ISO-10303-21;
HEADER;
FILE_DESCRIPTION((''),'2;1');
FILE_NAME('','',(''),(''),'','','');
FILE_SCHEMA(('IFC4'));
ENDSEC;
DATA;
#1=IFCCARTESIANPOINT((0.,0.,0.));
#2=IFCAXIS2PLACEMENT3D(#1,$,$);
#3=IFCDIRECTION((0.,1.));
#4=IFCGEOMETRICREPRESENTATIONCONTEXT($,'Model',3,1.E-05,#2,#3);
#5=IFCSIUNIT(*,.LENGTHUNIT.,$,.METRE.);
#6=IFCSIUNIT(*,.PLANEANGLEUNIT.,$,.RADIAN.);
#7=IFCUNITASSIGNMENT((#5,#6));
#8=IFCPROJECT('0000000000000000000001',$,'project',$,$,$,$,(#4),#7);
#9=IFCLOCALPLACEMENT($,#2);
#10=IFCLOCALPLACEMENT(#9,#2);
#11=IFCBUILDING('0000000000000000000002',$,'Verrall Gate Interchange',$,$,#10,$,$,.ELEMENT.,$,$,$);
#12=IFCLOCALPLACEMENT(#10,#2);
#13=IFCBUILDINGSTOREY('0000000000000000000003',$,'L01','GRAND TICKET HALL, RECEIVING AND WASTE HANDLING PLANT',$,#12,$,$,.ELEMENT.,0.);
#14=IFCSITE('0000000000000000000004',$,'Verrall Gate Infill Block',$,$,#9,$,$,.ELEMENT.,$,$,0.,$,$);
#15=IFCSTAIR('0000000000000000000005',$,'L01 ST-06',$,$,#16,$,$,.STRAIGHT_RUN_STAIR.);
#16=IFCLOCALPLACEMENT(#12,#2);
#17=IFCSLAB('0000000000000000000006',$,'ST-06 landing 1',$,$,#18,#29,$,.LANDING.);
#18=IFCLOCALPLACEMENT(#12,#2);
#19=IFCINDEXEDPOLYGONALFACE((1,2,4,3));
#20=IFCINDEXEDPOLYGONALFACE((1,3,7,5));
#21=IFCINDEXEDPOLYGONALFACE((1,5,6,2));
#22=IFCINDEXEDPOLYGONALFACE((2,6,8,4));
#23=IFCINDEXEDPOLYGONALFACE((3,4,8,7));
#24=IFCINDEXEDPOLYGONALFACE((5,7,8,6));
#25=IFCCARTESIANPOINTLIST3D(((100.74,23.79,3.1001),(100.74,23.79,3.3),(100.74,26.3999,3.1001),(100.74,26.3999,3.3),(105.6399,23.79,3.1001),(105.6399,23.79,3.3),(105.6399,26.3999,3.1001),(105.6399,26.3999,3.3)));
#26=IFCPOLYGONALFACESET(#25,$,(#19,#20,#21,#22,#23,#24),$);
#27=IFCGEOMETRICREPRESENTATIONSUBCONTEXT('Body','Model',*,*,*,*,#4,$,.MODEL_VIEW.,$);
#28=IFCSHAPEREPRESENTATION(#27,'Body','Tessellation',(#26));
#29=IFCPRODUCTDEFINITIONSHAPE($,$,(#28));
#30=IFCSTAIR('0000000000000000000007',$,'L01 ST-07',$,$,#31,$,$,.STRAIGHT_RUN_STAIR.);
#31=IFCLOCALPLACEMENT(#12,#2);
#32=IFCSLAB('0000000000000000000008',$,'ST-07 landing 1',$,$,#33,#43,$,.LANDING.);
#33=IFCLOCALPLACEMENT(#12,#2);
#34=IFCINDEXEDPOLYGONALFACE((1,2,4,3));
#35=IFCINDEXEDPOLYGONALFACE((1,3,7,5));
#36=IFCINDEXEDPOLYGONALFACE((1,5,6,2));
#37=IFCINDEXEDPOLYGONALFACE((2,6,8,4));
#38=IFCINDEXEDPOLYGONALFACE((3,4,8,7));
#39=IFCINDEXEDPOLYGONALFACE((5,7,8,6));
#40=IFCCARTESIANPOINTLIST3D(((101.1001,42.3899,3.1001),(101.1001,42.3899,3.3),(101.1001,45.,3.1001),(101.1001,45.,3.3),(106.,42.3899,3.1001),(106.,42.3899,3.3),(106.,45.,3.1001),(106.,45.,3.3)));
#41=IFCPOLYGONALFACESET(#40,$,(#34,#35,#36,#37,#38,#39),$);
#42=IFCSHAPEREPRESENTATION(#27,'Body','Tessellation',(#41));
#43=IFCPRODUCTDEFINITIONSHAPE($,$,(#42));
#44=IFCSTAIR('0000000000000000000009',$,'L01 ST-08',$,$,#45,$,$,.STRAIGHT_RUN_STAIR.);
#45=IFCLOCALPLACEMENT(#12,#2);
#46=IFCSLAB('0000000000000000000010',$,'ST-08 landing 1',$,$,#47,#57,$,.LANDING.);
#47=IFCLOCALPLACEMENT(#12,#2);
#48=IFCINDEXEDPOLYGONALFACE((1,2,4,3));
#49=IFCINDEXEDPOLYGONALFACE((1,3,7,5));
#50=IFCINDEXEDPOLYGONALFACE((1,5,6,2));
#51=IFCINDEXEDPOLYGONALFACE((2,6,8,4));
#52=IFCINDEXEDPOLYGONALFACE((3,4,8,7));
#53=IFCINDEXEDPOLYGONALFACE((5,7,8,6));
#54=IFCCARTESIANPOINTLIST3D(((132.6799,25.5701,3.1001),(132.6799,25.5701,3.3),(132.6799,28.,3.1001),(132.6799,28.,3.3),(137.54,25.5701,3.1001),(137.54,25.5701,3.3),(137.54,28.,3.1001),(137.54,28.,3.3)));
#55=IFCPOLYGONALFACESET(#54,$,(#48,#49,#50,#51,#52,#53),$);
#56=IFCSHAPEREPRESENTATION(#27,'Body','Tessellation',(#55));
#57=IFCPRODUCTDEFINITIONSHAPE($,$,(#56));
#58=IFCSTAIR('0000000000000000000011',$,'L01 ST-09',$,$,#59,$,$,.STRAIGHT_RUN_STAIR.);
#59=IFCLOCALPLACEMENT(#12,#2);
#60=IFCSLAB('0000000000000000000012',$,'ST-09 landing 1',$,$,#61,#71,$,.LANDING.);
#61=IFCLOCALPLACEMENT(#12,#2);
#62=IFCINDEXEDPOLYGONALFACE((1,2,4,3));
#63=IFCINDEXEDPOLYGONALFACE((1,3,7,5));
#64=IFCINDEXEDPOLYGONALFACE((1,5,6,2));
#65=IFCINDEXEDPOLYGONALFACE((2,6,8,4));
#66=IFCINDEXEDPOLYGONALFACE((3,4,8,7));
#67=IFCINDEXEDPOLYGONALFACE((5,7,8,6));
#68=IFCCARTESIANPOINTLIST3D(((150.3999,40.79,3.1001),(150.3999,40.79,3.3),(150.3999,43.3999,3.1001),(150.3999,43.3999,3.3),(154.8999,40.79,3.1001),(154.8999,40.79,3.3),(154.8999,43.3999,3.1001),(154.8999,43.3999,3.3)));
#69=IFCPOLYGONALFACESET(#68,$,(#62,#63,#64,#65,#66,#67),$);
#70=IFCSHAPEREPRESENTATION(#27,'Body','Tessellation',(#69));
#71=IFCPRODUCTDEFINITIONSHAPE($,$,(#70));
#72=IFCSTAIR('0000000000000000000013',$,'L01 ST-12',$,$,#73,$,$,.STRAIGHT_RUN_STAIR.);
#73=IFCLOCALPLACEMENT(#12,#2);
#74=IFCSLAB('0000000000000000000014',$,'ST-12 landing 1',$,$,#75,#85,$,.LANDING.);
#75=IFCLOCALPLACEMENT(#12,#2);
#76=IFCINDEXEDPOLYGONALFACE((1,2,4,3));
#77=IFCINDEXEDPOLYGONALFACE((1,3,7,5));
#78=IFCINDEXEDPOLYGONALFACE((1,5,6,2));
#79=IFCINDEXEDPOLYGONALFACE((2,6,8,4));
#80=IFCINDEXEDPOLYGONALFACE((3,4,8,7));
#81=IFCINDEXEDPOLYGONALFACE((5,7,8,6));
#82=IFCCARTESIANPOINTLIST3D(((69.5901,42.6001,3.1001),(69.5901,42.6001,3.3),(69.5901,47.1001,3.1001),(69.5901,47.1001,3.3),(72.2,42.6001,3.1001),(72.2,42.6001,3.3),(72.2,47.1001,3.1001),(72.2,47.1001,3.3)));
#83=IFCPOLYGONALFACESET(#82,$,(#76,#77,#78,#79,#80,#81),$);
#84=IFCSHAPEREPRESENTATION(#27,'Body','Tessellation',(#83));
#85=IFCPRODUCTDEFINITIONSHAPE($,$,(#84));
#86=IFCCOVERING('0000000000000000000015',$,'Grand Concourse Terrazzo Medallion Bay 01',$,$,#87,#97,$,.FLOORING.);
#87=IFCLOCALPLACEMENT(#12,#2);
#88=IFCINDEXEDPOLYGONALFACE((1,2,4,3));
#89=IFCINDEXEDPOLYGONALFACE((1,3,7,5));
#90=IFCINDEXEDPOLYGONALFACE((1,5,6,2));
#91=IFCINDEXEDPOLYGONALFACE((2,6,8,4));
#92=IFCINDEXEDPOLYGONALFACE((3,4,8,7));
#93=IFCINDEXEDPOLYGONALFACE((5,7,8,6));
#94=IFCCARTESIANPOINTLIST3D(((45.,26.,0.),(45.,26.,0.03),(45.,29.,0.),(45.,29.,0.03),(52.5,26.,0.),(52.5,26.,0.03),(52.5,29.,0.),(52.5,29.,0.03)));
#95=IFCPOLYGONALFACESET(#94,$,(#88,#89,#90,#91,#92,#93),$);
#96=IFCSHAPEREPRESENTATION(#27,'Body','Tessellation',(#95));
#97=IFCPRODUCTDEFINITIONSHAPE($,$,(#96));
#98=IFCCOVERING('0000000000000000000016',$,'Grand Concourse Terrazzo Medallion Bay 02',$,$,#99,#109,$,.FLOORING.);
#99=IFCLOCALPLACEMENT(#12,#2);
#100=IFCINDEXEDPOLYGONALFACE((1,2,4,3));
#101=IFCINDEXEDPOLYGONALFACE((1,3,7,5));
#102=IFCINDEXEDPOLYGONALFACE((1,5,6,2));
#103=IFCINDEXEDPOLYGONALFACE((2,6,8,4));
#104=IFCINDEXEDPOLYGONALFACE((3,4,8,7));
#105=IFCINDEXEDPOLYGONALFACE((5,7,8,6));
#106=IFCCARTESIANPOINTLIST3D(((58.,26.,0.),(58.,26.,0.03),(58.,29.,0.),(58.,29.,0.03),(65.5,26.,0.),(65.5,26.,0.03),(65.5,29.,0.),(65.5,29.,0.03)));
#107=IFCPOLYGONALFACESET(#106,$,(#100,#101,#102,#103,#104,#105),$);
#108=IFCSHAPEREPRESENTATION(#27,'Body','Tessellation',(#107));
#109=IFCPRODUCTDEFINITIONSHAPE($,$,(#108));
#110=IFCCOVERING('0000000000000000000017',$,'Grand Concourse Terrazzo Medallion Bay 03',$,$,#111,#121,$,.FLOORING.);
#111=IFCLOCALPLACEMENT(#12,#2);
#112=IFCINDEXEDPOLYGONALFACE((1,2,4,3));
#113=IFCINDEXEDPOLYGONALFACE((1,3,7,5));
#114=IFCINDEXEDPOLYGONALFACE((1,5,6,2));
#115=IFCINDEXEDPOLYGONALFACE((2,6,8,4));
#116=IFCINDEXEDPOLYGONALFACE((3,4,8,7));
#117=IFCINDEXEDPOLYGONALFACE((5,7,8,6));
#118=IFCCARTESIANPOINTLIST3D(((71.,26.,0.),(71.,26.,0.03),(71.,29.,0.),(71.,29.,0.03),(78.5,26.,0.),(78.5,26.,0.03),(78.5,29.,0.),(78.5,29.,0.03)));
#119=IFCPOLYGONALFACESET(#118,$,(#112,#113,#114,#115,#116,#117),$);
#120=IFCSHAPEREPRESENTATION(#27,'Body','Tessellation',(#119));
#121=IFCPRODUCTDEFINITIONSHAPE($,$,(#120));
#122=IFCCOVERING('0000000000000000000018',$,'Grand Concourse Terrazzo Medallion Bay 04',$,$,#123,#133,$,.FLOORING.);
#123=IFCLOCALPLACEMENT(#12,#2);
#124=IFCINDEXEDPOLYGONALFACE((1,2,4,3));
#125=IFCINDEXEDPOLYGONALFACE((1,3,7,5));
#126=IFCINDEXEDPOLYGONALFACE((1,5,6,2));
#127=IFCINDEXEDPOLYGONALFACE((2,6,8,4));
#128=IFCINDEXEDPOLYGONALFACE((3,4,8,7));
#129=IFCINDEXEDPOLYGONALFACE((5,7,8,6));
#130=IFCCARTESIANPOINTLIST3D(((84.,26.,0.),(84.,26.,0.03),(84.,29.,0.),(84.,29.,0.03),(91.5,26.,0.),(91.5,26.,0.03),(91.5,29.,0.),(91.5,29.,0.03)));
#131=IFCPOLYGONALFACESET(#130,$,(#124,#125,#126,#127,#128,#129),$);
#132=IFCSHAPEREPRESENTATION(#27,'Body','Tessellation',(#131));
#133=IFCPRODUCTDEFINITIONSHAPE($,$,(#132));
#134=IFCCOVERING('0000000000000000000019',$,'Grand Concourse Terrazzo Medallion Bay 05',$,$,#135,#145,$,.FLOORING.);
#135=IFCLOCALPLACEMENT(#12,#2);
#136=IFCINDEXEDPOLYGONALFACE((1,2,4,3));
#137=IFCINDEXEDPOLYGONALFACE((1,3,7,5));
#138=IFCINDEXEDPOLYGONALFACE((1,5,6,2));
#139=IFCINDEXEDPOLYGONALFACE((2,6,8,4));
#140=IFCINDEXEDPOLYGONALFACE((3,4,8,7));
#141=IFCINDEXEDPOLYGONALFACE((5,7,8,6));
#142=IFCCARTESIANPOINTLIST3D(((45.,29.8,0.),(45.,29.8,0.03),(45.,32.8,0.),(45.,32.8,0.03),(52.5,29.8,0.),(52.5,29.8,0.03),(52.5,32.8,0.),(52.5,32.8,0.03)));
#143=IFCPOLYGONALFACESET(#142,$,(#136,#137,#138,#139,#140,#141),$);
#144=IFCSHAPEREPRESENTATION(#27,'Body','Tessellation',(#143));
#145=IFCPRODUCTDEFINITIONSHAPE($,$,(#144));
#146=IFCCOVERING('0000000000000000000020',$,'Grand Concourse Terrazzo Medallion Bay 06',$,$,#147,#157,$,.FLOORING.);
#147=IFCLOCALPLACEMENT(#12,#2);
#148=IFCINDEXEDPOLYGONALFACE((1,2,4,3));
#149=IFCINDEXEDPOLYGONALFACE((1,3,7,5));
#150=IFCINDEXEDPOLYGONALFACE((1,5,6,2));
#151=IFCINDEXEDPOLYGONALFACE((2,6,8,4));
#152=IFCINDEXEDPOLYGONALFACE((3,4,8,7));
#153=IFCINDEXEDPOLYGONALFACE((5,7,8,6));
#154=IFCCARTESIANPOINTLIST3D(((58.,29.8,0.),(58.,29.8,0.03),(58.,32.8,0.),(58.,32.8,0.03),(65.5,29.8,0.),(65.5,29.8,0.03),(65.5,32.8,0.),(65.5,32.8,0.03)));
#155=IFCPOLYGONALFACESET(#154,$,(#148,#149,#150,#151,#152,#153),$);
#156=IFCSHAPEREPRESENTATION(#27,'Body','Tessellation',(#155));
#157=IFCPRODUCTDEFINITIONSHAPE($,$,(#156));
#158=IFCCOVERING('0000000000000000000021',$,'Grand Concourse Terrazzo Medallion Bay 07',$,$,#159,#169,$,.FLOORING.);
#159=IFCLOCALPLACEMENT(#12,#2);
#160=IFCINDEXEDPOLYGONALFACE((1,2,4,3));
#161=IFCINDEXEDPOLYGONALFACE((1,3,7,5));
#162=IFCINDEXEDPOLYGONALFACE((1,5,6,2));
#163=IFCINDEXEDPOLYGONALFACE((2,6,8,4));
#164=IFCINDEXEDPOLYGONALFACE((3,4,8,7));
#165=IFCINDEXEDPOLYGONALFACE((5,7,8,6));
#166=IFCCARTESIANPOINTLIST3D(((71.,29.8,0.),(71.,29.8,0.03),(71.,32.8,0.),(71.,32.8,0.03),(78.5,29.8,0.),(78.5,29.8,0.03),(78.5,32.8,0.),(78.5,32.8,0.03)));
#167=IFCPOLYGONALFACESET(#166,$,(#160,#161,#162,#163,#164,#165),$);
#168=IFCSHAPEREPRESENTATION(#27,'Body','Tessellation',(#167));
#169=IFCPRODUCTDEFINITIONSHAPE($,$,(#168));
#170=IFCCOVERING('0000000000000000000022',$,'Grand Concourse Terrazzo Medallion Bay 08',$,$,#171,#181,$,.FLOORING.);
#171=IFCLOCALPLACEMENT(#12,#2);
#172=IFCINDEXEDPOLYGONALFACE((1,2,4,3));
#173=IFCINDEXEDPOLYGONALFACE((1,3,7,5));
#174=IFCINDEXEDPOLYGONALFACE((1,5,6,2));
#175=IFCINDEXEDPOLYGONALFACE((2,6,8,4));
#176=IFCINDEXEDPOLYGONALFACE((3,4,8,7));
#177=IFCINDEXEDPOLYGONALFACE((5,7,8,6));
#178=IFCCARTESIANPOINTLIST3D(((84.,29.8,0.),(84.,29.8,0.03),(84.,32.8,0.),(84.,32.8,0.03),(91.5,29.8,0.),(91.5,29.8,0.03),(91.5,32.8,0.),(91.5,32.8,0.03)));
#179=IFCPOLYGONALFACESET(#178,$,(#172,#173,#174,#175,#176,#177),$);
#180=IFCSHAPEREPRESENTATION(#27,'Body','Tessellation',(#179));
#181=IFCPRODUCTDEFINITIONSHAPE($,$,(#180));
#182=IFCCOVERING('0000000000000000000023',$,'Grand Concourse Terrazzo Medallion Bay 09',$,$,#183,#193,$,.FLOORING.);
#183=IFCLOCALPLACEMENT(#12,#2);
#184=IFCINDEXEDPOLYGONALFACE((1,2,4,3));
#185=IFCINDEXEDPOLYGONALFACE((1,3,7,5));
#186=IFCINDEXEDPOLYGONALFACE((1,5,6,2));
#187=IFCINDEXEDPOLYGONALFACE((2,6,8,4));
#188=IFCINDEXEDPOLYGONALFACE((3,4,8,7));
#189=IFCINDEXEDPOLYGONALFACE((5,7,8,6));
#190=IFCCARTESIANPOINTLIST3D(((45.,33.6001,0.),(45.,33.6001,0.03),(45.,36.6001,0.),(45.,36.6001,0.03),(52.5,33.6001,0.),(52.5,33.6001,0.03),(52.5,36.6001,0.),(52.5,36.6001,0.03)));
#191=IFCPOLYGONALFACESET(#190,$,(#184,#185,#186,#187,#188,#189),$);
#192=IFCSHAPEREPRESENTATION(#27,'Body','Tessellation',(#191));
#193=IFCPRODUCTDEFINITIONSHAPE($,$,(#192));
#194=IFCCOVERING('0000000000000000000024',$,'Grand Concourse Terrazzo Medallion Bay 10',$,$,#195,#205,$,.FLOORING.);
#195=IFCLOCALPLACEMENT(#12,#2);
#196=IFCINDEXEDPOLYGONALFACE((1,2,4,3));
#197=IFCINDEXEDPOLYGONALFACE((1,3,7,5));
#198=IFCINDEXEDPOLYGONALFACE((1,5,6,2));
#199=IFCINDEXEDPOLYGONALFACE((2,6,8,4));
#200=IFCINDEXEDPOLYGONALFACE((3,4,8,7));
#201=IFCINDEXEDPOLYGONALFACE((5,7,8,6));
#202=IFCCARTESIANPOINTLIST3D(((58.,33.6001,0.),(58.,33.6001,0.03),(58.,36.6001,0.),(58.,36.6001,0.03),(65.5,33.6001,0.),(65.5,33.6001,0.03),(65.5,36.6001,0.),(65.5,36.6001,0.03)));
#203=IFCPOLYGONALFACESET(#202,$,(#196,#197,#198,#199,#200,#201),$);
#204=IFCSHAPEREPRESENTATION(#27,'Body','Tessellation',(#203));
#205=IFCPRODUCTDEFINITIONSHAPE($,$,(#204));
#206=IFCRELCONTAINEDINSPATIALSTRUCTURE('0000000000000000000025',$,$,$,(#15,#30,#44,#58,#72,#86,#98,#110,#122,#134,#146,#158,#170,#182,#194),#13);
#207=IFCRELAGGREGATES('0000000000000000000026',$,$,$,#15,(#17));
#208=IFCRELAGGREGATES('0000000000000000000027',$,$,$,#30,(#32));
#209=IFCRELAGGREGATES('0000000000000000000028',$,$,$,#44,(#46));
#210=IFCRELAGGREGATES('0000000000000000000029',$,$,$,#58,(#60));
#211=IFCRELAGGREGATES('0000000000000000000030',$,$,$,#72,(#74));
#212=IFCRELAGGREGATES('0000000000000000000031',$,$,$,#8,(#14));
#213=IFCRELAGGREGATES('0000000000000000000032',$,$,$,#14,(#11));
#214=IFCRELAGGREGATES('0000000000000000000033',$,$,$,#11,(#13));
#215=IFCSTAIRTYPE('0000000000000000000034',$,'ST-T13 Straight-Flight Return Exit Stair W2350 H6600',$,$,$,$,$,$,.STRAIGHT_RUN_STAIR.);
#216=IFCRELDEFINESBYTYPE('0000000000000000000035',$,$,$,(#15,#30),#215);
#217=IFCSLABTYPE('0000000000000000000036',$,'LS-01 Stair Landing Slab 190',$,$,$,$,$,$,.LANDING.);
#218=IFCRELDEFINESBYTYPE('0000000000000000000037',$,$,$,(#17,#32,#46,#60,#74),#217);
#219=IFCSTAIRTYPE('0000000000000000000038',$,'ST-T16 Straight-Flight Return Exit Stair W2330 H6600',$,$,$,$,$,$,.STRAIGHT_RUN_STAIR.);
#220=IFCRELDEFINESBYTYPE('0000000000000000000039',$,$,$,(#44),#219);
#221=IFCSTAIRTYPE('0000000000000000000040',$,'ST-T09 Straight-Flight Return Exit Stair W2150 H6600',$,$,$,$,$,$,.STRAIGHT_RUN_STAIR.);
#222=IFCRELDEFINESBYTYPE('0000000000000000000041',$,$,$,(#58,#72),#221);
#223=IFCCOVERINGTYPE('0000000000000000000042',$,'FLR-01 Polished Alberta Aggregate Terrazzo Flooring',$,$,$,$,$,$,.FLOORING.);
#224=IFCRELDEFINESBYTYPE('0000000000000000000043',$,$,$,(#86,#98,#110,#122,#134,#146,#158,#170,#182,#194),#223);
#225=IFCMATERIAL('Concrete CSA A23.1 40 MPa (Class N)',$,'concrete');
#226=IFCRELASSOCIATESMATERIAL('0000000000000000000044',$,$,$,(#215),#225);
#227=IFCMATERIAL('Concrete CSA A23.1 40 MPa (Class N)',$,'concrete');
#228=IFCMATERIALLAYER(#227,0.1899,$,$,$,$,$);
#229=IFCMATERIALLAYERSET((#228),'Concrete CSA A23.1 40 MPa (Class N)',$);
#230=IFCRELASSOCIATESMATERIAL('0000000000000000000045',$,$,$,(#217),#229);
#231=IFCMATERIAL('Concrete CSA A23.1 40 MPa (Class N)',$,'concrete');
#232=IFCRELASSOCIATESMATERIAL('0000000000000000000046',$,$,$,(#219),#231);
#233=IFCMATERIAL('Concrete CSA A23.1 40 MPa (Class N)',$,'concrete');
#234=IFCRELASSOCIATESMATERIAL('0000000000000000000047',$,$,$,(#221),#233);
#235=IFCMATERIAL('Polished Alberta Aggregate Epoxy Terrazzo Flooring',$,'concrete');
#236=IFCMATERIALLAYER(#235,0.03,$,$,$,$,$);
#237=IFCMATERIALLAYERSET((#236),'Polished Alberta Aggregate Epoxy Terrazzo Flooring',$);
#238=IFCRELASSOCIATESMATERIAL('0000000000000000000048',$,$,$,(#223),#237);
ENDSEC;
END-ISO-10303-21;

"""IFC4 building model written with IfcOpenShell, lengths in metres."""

from ifc_helpers import new_model, si_unit, direction, frame, origin, place, context, subcontext, project, spatial, polyline, outline, extrude, material, layer, layer_set, type_object, element, aggregate, save


model = new_model("IFC4")

# Units and contexts
model_context = context("Model", 3, precision=1e-05, world=origin(), true_north=direction((0.0, 1.0)))
body_context = subcontext(model_context, "Body", "Model", "MODEL_VIEW")
ifc_project = project(units=[si_unit("LENGTHUNIT", "METRE"), si_unit("PLANEANGLEUNIT", "RADIAN")], contexts=[model_context])

# Site, building, storey
site_placement = place(None, origin())
site = spatial("IfcSite", under=ifc_project, at=site_placement, Name="Verrall Gate Infill Block", CompositionType="ELEMENT", RefElevation=0.0)
building_placement = place(site_placement, origin())
building = spatial("IfcBuilding", under=site, at=building_placement, Name="Verrall Gate Interchange", CompositionType="ELEMENT")
storey_placement = place(building_placement, origin())
storey = spatial("IfcBuildingStorey", under=building, at=storey_placement, Name="L01", Description="GRAND TICKET HALL, RECEIVING AND WASTE HANDLING PLANT", CompositionType="ELEMENT", Elevation=0.0)

# Stairs, slabs
ifc_material_1 = material(Name="Concrete CSA A23.1 40 MPa (Class N)", Category="concrete")
stair_type_1 = type_object("IfcStairType", Name="ST-T13 Straight-Flight Return Exit Stair W2350 H6600", PredefinedType="STRAIGHT_RUN_STAIR", material=ifc_material_1)
stair_1_placement = place(storey_placement, origin())
stair_1 = element("IfcStair", 1, at=stair_1_placement, inside=storey, type_object=stair_type_1, Name="L01 ST-06", PredefinedType="STRAIGHT_RUN_STAIR")
ifc_material_2 = material(Name="Concrete CSA A23.1 40 MPa (Class N)", Category="concrete")
ifc_layer_1 = layer(ifc_material_2, 0.1899)
ifc_layer_set_1 = layer_set([ifc_layer_1], Name="Concrete CSA A23.1 40 MPa (Class N)")
slab_type = type_object("IfcSlabType", Name="LS-01 Stair Landing Slab 190", PredefinedType="LANDING", material=ifc_layer_set_1)
slab_1_placement = place(storey_placement, frame((0.0, 0.0, 3.1001)))
slab_1 = element("IfcSlab", 2, at=slab_1_placement, type_object=slab_type, Name="ST-06 landing 1", PredefinedType="LANDING", context=body_context, shape_type="SweptSolid", body=[
    extrude(outline(polyline([(105.6399, 23.79), (105.6399, 26.3999), (100.74, 26.3999), (100.74, 23.79), (105.6399, 23.79)])), origin(), (0.0, 0.0, 1.0), 0.2),
])
aggregate(stair_1, [slab_1])
stair_2_placement = place(storey_placement, origin())
stair_2 = element("IfcStair", 3, at=stair_2_placement, inside=storey, type_object=stair_type_1, Name="L01 ST-07", PredefinedType="STRAIGHT_RUN_STAIR")
slab_2_placement = place(storey_placement, frame((0.0, 0.0, 3.1001)))
slab_2 = element("IfcSlab", 4, at=slab_2_placement, type_object=slab_type, Name="ST-07 landing 1", PredefinedType="LANDING", context=body_context, shape_type="SweptSolid", body=[
    extrude(outline(polyline([(106.0, 42.3899), (106.0, 45.0), (101.1001, 45.0), (101.1001, 42.3899), (106.0, 42.3899)])), origin(), (0.0, 0.0, 1.0), 0.2),
])
aggregate(stair_2, [slab_2])
ifc_material_3 = material(Name="Concrete CSA A23.1 40 MPa (Class N)", Category="concrete")
stair_type_2 = type_object("IfcStairType", Name="ST-T16 Straight-Flight Return Exit Stair W2330 H6600", PredefinedType="STRAIGHT_RUN_STAIR", material=ifc_material_3)
stair_3_placement = place(storey_placement, origin())
stair_3 = element("IfcStair", 5, at=stair_3_placement, inside=storey, type_object=stair_type_2, Name="L01 ST-08", PredefinedType="STRAIGHT_RUN_STAIR")
slab_3_placement = place(storey_placement, frame((0.0, 0.0, 3.1001)))
slab_3 = element("IfcSlab", 6, at=slab_3_placement, type_object=slab_type, Name="ST-08 landing 1", PredefinedType="LANDING", context=body_context, shape_type="SweptSolid", body=[
    extrude(outline(polyline([(137.54, 25.5701), (137.54, 28.0), (132.6799, 28.0), (132.6799, 25.5701), (137.54, 25.5701)])), origin(), (0.0, 0.0, 1.0), 0.2),
])
aggregate(stair_3, [slab_3])
ifc_material_4 = material(Name="Concrete CSA A23.1 40 MPa (Class N)", Category="concrete")
stair_type_3 = type_object("IfcStairType", Name="ST-T09 Straight-Flight Return Exit Stair W2150 H6600", PredefinedType="STRAIGHT_RUN_STAIR", material=ifc_material_4)
stair_4_placement = place(storey_placement, origin())
stair_4 = element("IfcStair", 7, at=stair_4_placement, inside=storey, type_object=stair_type_3, Name="L01 ST-09", PredefinedType="STRAIGHT_RUN_STAIR")
slab_4_placement = place(storey_placement, frame((0.0, 0.0, 3.1001)))
slab_4 = element("IfcSlab", 8, at=slab_4_placement, type_object=slab_type, Name="ST-09 landing 1", PredefinedType="LANDING", context=body_context, shape_type="SweptSolid", body=[
    extrude(outline(polyline([(154.8999, 40.79), (154.8999, 43.3999), (150.3999, 43.3999), (150.3999, 40.79), (154.8999, 40.79)])), origin(), (0.0, 0.0, 1.0), 0.2),
])
aggregate(stair_4, [slab_4])
stair_5_placement = place(storey_placement, origin())
stair_5 = element("IfcStair", 9, at=stair_5_placement, inside=storey, type_object=stair_type_3, Name="L01 ST-12", PredefinedType="STRAIGHT_RUN_STAIR")
slab_5_placement = place(storey_placement, frame((0.0, 0.0, 3.1001)))
slab_5 = element("IfcSlab", 10, at=slab_5_placement, type_object=slab_type, Name="ST-12 landing 1", PredefinedType="LANDING", context=body_context, shape_type="SweptSolid", body=[
    extrude(outline(polyline([(69.5901, 42.6001), (72.2, 42.6001), (72.2, 47.1001), (69.5901, 47.1001), (69.5901, 42.6001)])), origin(), (0.0, 0.0, 1.0), 0.2),
])
aggregate(stair_5, [slab_5])

# Coverings
ifc_material_5 = material(Name="Polished Alberta Aggregate Epoxy Terrazzo Flooring", Category="concrete")
ifc_layer_2 = layer(ifc_material_5, 0.03)
ifc_layer_set_2 = layer_set([ifc_layer_2], Name="Polished Alberta Aggregate Epoxy Terrazzo Flooring")
covering_type = type_object("IfcCoveringType", Name="FLR-01 Polished Alberta Aggregate Terrazzo Flooring", PredefinedType="FLOORING", material=ifc_layer_set_2)
covering_1_placement = place(storey_placement, origin())
element("IfcCovering", 11, at=covering_1_placement, inside=storey, type_object=covering_type, Name="Grand Concourse Terrazzo Medallion Bay 01", PredefinedType="FLOORING", context=body_context, shape_type="SweptSolid", body=[
    extrude(outline(polyline([(45.0, 26.0), (52.5, 26.0), (52.5, 29.0), (45.0, 29.0), (45.0, 26.0)])), origin(), (0.0, 0.0, 1.0), 0.03),
])
covering_2_placement = place(storey_placement, origin())
element("IfcCovering", 12, at=covering_2_placement, inside=storey, type_object=covering_type, Name="Grand Concourse Terrazzo Medallion Bay 02", PredefinedType="FLOORING", context=body_context, shape_type="SweptSolid", body=[
    extrude(outline(polyline([(58.0, 26.0), (65.5, 26.0), (65.5, 29.0), (58.0, 29.0), (58.0, 26.0)])), origin(), (0.0, 0.0, 1.0), 0.03),
])
covering_3_placement = place(storey_placement, origin())
element("IfcCovering", 13, at=covering_3_placement, inside=storey, type_object=covering_type, Name="Grand Concourse Terrazzo Medallion Bay 03", PredefinedType="FLOORING", context=body_context, shape_type="SweptSolid", body=[
    extrude(outline(polyline([(71.0, 26.0), (78.5, 26.0), (78.5, 29.0), (71.0, 29.0), (71.0, 26.0)])), origin(), (0.0, 0.0, 1.0), 0.03),
])
covering_4_placement = place(storey_placement, origin())
element("IfcCovering", 14, at=covering_4_placement, inside=storey, type_object=covering_type, Name="Grand Concourse Terrazzo Medallion Bay 04", PredefinedType="FLOORING", context=body_context, shape_type="SweptSolid", body=[
    extrude(outline(polyline([(84.0, 26.0), (91.5, 26.0), (91.5, 29.0), (84.0, 29.0), (84.0, 26.0)])), origin(), (0.0, 0.0, 1.0), 0.03),
])
covering_5_placement = place(storey_placement, origin())
element("IfcCovering", 15, at=covering_5_placement, inside=storey, type_object=covering_type, Name="Grand Concourse Terrazzo Medallion Bay 05", PredefinedType="FLOORING", context=body_context, shape_type="SweptSolid", body=[
    extrude(outline(polyline([(45.0, 29.8), (52.5, 29.8), (52.5, 32.8), (45.0, 32.8), (45.0, 29.8)])), origin(), (0.0, 0.0, 1.0), 0.03),
])
covering_6_placement = place(storey_placement, origin())
element("IfcCovering", 16, at=covering_6_placement, inside=storey, type_object=covering_type, Name="Grand Concourse Terrazzo Medallion Bay 06", PredefinedType="FLOORING", context=body_context, shape_type="SweptSolid", body=[
    extrude(outline(polyline([(58.0, 29.8), (65.5, 29.8), (65.5, 32.8), (58.0, 32.8), (58.0, 29.8)])), origin(), (0.0, 0.0, 1.0), 0.03),
])
covering_7_placement = place(storey_placement, origin())
element("IfcCovering", 17, at=covering_7_placement, inside=storey, type_object=covering_type, Name="Grand Concourse Terrazzo Medallion Bay 07", PredefinedType="FLOORING", context=body_context, shape_type="SweptSolid", body=[
    extrude(outline(polyline([(71.0, 29.8), (78.5, 29.8), (78.5, 32.8), (71.0, 32.8), (71.0, 29.8)])), origin(), (0.0, 0.0, 1.0), 0.03),
])
covering_8_placement = place(storey_placement, origin())
element("IfcCovering", 18, at=covering_8_placement, inside=storey, type_object=covering_type, Name="Grand Concourse Terrazzo Medallion Bay 08", PredefinedType="FLOORING", context=body_context, shape_type="SweptSolid", body=[
    extrude(outline(polyline([(84.0, 29.8), (91.5, 29.8), (91.5, 32.8), (84.0, 32.8), (84.0, 29.8)])), origin(), (0.0, 0.0, 1.0), 0.03),
])
covering_9_placement = place(storey_placement, origin())
element("IfcCovering", 19, at=covering_9_placement, inside=storey, type_object=covering_type, Name="Grand Concourse Terrazzo Medallion Bay 09", PredefinedType="FLOORING", context=body_context, shape_type="SweptSolid", body=[
    extrude(outline(polyline([(45.0, 33.6001), (52.5, 33.6001), (52.5, 36.6001), (45.0, 36.6001), (45.0, 33.6001)])), origin(), (0.0, 0.0, 1.0), 0.03),
])
covering_10_placement = place(storey_placement, origin())
element("IfcCovering", 20, at=covering_10_placement, inside=storey, type_object=covering_type, Name="Grand Concourse Terrazzo Medallion Bay 10", PredefinedType="FLOORING", context=body_context, shape_type="SweptSolid", body=[
    extrude(outline(polyline([(58.0, 33.6001), (65.5, 33.6001), (65.5, 36.6001), (58.0, 36.6001), (58.0, 33.6001)])), origin(), (0.0, 0.0, 1.0), 0.03),
])

save(model, "model.ifc")
